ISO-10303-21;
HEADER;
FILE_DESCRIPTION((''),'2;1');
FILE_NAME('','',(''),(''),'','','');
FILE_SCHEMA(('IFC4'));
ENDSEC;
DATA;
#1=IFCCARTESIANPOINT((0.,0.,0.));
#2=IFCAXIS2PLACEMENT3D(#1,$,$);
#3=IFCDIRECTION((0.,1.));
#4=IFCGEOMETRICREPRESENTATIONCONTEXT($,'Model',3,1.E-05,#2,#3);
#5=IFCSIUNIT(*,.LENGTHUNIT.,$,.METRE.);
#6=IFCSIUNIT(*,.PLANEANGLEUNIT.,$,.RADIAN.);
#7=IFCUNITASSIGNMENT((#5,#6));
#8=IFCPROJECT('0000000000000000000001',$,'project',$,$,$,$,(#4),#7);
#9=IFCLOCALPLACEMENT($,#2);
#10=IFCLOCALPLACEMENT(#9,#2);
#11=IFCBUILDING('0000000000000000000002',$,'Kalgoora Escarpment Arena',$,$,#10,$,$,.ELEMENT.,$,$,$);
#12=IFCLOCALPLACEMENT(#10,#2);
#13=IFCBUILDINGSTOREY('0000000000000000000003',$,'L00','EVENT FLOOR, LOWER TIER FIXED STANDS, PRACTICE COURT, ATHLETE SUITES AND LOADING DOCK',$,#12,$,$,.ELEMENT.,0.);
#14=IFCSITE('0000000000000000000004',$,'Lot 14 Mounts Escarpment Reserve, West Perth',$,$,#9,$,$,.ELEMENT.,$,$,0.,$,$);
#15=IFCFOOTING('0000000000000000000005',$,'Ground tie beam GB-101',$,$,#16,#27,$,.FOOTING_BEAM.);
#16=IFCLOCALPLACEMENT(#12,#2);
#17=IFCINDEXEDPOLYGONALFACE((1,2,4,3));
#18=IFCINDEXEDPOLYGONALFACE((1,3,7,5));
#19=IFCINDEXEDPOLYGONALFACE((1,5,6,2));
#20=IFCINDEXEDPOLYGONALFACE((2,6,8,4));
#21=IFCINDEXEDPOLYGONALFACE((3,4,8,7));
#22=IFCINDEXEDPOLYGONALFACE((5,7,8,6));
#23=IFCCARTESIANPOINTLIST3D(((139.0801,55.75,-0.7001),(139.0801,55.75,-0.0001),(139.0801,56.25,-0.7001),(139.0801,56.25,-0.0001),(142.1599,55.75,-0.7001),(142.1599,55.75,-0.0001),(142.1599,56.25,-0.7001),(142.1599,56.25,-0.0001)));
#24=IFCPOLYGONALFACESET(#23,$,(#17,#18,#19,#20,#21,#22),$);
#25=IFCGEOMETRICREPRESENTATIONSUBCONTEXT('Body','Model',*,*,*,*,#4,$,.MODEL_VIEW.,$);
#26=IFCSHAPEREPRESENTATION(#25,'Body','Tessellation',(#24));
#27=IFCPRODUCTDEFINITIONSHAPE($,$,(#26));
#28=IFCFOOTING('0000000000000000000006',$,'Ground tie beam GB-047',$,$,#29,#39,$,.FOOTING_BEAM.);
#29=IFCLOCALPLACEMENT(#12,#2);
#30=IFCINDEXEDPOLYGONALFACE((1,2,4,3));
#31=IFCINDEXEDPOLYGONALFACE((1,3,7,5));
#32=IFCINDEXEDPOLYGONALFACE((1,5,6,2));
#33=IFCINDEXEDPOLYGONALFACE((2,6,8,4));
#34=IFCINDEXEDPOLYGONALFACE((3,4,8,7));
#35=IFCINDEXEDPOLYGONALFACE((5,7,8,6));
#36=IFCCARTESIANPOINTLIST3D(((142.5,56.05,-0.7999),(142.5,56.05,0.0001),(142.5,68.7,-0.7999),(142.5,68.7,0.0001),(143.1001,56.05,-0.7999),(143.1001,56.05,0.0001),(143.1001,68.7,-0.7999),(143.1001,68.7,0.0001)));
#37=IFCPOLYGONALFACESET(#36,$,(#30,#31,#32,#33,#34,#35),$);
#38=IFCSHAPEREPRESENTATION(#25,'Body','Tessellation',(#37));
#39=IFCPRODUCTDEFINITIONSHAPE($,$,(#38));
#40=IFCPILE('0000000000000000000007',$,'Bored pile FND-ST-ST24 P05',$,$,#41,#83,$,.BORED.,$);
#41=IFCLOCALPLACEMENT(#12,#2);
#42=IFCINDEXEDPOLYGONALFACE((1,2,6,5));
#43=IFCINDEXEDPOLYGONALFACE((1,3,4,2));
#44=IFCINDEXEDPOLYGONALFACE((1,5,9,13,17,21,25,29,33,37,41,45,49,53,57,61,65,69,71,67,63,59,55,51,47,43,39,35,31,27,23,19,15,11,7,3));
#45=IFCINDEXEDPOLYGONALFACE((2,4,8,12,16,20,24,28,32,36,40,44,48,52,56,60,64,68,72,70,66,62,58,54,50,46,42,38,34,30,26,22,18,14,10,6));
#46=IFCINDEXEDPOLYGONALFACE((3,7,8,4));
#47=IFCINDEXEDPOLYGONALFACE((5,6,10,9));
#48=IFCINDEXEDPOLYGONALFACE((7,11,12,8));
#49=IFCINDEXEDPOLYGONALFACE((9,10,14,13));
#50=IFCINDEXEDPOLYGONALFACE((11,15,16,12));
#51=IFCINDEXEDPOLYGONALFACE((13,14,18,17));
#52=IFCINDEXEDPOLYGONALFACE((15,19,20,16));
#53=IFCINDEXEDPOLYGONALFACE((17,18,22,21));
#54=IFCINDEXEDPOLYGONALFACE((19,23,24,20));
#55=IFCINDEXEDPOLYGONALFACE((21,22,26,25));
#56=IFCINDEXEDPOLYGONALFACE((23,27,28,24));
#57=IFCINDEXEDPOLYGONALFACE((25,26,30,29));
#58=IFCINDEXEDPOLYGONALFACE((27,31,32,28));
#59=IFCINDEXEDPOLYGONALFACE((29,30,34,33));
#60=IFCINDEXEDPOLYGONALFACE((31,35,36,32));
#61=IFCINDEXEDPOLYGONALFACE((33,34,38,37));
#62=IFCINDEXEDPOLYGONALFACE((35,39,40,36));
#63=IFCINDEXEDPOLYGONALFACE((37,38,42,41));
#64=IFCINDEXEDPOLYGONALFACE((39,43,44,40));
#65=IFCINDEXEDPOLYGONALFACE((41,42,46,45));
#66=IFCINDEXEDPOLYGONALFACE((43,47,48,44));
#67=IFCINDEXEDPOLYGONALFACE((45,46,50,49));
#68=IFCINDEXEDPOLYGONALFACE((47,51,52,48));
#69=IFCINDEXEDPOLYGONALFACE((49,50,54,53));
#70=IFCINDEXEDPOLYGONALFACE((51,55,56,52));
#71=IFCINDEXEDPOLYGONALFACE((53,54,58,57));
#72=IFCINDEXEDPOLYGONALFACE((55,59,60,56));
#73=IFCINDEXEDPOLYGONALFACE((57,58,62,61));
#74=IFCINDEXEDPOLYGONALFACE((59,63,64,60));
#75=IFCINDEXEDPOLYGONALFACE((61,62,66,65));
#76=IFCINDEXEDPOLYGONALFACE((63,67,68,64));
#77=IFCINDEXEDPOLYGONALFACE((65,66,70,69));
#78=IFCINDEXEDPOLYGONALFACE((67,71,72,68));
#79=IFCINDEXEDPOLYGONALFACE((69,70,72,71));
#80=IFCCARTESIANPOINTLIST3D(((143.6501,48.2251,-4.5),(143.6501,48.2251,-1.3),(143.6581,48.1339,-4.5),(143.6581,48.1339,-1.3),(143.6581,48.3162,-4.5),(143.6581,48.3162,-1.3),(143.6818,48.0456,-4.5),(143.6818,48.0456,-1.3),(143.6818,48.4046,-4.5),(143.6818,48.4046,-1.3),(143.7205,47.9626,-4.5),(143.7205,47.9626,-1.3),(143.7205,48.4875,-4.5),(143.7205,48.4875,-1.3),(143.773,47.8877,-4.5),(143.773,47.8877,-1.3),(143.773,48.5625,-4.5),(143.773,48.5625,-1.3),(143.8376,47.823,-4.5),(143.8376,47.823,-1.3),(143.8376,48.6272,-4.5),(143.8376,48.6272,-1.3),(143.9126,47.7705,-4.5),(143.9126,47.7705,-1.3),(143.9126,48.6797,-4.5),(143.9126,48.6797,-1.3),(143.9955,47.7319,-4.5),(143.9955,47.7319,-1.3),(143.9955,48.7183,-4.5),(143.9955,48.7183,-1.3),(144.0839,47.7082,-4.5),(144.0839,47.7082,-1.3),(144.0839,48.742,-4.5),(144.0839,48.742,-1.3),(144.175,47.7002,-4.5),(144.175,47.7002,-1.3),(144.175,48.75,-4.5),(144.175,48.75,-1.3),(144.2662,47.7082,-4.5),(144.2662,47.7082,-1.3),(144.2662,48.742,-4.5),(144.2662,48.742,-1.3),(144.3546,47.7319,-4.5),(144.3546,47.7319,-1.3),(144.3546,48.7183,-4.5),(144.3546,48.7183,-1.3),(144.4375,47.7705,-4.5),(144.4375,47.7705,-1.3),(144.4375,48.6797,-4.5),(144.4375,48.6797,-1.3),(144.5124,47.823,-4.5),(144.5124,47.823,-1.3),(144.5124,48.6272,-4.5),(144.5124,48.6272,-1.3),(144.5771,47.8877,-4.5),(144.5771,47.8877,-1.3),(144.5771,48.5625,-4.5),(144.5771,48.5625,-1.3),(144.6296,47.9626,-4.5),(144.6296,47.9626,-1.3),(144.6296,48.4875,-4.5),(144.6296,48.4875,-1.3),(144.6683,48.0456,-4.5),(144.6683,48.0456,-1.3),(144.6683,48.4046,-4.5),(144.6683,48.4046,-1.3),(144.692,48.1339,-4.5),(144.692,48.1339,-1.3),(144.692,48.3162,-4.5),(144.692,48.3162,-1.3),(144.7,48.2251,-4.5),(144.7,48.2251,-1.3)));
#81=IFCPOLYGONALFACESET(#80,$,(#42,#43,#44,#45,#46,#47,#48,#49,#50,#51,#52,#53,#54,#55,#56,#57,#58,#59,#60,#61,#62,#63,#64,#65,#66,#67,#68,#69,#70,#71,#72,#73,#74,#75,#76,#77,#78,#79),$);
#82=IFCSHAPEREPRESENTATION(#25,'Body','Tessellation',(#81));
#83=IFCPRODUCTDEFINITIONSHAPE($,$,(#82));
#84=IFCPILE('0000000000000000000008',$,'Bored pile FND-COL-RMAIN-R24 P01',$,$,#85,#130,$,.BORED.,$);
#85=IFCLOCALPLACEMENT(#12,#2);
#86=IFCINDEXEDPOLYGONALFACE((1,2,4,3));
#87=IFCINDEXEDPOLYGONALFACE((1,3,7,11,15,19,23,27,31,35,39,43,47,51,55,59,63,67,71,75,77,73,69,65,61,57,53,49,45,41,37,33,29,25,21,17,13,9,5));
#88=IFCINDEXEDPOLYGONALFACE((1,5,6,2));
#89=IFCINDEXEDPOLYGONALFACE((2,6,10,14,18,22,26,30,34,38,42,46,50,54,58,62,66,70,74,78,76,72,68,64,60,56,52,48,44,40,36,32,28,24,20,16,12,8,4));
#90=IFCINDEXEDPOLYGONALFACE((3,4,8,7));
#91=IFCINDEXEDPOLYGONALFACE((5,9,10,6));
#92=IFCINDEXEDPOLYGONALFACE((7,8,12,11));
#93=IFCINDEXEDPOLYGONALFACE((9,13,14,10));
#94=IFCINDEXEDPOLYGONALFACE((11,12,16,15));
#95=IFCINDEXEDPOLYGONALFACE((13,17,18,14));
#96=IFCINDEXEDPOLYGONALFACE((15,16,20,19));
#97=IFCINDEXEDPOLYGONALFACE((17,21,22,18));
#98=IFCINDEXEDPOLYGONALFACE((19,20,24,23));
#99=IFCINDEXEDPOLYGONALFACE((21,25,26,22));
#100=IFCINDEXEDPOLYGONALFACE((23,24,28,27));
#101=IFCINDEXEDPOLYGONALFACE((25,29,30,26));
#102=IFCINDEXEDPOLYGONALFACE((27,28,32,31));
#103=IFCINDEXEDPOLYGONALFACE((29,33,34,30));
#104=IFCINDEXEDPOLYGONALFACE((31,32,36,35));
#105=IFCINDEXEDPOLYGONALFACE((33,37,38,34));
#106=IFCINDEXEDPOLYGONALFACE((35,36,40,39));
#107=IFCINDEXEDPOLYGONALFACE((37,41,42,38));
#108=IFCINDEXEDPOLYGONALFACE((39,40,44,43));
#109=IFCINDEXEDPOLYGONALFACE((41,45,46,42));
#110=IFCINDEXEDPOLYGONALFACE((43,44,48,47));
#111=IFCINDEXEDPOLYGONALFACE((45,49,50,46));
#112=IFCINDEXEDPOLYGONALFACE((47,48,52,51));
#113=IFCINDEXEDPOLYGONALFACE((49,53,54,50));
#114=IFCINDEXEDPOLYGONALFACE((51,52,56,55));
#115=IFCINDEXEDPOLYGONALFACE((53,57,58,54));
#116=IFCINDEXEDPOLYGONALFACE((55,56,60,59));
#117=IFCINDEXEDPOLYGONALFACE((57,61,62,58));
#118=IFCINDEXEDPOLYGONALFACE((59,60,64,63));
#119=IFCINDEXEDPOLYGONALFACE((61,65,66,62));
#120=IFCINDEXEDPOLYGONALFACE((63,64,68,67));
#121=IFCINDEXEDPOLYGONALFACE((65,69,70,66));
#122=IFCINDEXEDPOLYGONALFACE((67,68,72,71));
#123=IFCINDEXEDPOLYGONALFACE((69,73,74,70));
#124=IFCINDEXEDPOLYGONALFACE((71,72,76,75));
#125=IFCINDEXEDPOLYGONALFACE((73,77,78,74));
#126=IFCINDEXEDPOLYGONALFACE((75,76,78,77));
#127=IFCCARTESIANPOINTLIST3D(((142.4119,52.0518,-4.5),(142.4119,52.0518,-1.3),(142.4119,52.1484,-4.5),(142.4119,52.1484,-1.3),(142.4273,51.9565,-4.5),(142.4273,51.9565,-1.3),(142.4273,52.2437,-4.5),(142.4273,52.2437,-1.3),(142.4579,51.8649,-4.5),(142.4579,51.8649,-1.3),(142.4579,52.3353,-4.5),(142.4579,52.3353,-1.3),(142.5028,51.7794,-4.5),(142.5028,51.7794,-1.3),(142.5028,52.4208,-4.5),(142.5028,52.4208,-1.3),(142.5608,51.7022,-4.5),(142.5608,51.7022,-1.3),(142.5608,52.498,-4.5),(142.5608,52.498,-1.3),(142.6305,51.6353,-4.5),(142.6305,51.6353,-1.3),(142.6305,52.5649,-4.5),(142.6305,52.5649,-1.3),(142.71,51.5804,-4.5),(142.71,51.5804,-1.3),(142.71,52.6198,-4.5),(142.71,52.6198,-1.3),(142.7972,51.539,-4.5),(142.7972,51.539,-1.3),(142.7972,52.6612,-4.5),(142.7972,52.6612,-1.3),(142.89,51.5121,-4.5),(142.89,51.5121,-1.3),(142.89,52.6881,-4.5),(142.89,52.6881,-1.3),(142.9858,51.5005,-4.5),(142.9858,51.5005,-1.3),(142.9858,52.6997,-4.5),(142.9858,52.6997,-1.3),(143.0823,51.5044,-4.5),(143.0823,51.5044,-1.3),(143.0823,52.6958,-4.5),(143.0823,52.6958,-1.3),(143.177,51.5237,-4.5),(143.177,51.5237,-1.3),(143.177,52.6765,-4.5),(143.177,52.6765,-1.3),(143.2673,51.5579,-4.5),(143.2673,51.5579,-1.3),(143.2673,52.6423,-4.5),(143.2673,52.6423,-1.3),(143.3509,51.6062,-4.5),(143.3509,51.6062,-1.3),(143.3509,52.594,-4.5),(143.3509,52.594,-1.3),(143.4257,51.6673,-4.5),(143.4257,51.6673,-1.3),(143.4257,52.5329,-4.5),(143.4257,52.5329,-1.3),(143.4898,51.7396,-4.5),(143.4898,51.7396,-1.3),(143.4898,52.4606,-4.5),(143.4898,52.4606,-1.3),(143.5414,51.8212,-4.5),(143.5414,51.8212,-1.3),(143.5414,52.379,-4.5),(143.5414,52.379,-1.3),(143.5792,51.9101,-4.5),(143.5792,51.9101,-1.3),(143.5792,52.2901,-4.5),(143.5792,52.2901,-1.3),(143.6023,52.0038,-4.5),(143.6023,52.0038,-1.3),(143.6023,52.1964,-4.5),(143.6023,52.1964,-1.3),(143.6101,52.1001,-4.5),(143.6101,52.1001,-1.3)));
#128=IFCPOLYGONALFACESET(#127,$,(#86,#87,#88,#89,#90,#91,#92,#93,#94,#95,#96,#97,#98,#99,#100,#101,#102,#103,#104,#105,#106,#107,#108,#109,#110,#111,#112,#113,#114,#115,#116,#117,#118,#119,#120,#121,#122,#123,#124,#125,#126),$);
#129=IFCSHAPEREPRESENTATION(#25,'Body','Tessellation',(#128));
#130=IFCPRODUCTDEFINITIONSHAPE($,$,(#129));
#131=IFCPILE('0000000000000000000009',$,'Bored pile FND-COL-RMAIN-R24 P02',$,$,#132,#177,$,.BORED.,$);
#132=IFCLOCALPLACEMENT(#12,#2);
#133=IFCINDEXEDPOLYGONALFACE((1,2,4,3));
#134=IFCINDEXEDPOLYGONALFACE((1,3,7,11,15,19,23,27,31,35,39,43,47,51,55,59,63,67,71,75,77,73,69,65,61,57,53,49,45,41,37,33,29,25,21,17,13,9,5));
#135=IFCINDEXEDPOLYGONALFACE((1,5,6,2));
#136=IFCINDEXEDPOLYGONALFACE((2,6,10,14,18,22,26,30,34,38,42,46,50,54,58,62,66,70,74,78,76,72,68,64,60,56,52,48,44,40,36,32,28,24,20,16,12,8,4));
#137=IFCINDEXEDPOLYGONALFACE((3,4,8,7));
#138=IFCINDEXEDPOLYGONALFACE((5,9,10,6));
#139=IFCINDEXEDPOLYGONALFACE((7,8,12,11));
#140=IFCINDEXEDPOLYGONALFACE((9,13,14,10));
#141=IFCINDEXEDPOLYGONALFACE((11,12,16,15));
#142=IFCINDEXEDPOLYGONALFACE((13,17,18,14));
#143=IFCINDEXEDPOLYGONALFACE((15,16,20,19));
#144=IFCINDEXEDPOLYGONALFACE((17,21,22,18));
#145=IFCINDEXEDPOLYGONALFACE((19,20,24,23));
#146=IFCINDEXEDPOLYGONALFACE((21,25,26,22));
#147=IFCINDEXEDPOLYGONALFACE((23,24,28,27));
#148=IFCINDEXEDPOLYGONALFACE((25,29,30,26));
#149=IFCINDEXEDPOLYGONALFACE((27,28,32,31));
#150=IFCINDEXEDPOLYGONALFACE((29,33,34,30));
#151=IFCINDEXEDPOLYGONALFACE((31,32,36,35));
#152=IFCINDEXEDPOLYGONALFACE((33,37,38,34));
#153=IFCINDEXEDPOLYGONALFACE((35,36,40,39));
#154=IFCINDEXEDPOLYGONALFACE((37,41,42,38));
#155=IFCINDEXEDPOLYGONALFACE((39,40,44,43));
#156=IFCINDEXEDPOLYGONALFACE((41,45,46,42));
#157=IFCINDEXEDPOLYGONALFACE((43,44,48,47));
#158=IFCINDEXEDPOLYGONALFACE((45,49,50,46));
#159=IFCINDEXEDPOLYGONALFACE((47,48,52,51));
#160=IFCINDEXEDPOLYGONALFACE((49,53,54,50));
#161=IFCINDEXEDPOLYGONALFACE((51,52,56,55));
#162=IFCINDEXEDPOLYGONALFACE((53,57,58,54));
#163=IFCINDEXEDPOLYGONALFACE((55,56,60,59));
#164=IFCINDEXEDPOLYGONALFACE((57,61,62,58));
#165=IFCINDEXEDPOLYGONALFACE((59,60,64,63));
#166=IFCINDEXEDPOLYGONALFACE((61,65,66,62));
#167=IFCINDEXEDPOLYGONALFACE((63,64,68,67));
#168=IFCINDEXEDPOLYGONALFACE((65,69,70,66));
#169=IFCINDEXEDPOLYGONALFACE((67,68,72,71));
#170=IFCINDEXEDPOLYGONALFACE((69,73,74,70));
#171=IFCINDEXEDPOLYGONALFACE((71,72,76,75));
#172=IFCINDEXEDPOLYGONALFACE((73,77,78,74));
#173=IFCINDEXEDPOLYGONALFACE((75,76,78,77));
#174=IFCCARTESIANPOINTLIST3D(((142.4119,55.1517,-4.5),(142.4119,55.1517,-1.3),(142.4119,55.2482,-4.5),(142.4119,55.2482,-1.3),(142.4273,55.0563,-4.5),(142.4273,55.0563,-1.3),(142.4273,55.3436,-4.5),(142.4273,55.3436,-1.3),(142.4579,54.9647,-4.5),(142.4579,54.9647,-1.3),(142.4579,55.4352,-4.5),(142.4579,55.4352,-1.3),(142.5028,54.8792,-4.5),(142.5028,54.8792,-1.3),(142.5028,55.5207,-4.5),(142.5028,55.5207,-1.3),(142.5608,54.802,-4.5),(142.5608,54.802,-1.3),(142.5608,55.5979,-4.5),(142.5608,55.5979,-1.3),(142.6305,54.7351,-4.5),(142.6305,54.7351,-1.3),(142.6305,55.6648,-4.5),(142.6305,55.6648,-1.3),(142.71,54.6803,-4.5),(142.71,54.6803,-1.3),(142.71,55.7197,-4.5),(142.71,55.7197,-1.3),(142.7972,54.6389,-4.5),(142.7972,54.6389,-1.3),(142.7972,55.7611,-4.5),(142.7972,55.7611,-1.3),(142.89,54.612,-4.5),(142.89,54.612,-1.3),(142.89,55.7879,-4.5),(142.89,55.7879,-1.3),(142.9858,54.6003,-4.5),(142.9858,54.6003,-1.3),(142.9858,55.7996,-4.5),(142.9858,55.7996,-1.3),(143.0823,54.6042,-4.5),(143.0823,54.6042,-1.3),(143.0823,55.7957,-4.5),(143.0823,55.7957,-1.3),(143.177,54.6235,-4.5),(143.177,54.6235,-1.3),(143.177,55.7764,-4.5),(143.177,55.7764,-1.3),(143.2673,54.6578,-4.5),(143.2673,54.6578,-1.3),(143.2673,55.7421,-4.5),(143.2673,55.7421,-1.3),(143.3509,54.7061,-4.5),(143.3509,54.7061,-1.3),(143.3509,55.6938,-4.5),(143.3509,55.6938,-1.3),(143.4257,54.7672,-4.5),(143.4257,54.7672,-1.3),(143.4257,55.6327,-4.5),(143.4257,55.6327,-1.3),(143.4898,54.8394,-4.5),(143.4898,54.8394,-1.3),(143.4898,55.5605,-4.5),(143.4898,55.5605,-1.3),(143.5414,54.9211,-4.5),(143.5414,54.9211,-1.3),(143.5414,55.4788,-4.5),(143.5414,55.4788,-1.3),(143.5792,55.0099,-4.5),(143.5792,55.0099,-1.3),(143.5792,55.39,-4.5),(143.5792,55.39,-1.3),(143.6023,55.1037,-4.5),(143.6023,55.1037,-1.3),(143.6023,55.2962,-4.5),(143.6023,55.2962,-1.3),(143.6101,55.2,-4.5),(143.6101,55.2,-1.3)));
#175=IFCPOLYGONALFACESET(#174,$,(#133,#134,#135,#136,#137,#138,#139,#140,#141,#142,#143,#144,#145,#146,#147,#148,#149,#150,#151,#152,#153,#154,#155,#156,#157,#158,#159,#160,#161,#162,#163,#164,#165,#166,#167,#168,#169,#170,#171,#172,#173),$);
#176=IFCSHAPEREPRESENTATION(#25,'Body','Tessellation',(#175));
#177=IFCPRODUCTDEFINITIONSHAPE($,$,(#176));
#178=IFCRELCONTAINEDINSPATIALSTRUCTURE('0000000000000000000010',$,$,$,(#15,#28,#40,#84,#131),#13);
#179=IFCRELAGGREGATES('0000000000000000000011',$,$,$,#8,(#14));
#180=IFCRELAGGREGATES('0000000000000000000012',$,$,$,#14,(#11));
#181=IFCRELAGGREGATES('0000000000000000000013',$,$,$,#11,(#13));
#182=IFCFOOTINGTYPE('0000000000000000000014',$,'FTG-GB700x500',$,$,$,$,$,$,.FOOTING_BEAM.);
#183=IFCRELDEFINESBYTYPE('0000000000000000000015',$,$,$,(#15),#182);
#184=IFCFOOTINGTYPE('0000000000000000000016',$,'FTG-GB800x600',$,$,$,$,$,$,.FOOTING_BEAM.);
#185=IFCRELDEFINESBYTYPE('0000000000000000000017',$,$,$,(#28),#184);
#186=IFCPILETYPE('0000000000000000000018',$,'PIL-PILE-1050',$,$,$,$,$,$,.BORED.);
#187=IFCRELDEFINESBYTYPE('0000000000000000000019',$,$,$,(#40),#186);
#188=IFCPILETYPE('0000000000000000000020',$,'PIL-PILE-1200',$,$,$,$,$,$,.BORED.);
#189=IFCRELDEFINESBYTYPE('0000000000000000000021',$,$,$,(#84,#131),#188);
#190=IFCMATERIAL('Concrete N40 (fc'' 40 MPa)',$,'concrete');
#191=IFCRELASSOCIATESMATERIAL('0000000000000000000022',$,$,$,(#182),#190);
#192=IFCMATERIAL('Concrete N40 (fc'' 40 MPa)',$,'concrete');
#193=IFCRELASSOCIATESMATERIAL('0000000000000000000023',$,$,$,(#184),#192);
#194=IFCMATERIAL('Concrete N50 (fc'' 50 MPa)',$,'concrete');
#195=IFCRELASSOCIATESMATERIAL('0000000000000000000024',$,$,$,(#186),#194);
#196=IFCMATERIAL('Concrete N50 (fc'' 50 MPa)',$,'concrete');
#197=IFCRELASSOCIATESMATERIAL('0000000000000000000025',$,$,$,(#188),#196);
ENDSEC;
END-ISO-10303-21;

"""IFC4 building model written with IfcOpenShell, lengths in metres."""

from ifc_helpers import new_model, si_unit, direction, frame, origin, origin_2d, place, context, subcontext, project, spatial, rectangle, circle, extrude, material, material_profile, profile_set, type_object, element, save


model = new_model("IFC4")

# Units and contexts
model_context = context("Model", 3, precision=1e-05, world=origin(), true_north=direction((0.0, 1.0)))
body_context = subcontext(model_context, "Body", "Model", "MODEL_VIEW")
ifc_project = project(units=[si_unit("LENGTHUNIT", "METRE"), si_unit("PLANEANGLEUNIT", "RADIAN")], contexts=[model_context])

# Site, building, storey
site_placement = place(None, origin())
site = spatial("IfcSite", under=ifc_project, at=site_placement, Name="Lot 14 Mounts Escarpment Reserve, West Perth", CompositionType="ELEMENT", RefElevation=0.0)
building_placement = place(site_placement, origin())
building = spatial("IfcBuilding", under=site, at=building_placement, Name="Kalgoora Escarpment Arena", CompositionType="ELEMENT")
storey_placement = place(building_placement, origin())
storey = spatial("IfcBuildingStorey", under=building, at=storey_placement, Name="L00", Description="EVENT FLOOR, LOWER TIER FIXED STANDS, PRACTICE COURT, ATHLETE SUITES AND LOADING DOCK", CompositionType="ELEMENT", Elevation=0.0)

# Footings
ifc_material_1 = material(Name="Concrete N40 (fc' 40 MPa)", Category="concrete")
ifc_material_profile_1 = material_profile(ifc_material_1, rectangle(XDim=0.5, YDim=0.7, at=origin_2d()))
ifc_profile_set_1 = profile_set([ifc_material_profile_1], Name="Concrete N40 (fc' 40 MPa)")
footing_type_1 = type_object("IfcFootingType", Name="FTG-GB700x500", PredefinedType="FOOTING_BEAM", material=ifc_profile_set_1)
footing_1_placement = place(storey_placement, frame((139.0801, 56.0, -0.3501), z_axis=(1.0, 0.0, 0.0), x_axis=(0.0, 1.0, 0.0)))
element("IfcFooting", 1, at=footing_1_placement, inside=storey, type_object=footing_type_1, Name="Ground tie beam GB-101", PredefinedType="FOOTING_BEAM", context=body_context, shape_type="SweptSolid", body=[
    extrude(rectangle(XDim=0.5, YDim=0.7, at=origin_2d()), origin(), (0.0, 0.0, 1.0), 3.0798),
])
ifc_material_2 = material(Name="Concrete N40 (fc' 40 MPa)", Category="concrete")
ifc_material_profile_2 = material_profile(ifc_material_2, rectangle(XDim=0.6001, YDim=0.8, at=origin_2d()))
ifc_profile_set_2 = profile_set([ifc_material_profile_2], Name="Concrete N40 (fc' 40 MPa)")
footing_type_2 = type_object("IfcFootingType", Name="FTG-GB800x600", PredefinedType="FOOTING_BEAM", material=ifc_profile_set_2)
footing_2_placement = place(storey_placement, frame((142.8, 56.05, -0.3999), z_axis=(0.0, 1.0, 0.0), x_axis=(-1.0, 0.0, 0.0)))
element("IfcFooting", 2, at=footing_2_placement, inside=storey, type_object=footing_type_2, Name="Ground tie beam GB-047", PredefinedType="FOOTING_BEAM", context=body_context, shape_type="SweptSolid", body=[
    extrude(rectangle(XDim=0.6001, YDim=0.8, at=origin_2d()), origin(), (0.0, 0.0, 1.0), 12.6499),
])

# Piles
ifc_material_3 = material(Name="Concrete N50 (fc' 50 MPa)", Category="concrete")
ifc_material_profile_3 = material_profile(ifc_material_3, circle(Radius=0.5249, at=origin_2d()))
ifc_profile_set_3 = profile_set([ifc_material_profile_3], Name="Concrete N50 (fc' 50 MPa)")
pile_type_1 = type_object("IfcPileType", Name="PIL-PILE-1050", PredefinedType="BORED", material=ifc_profile_set_3)
pile_placement = place(storey_placement, frame((144.175, 48.2251, -1.3), z_axis=(0.0, 0.0, -1.0), x_axis=(1.0, 0.0, 0.0)))
element("IfcPile", 3, at=pile_placement, inside=storey, type_object=pile_type_1, Name="Bored pile FND-ST-ST24 P05", PredefinedType="BORED", context=body_context, shape_type="SweptSolid", body=[
    extrude(circle(Radius=0.5249, at=origin_2d()), origin(), (0.0, 0.0, 1.0), 3.2),
])
ifc_material_4 = material(Name="Concrete N50 (fc' 50 MPa)", Category="concrete")
ifc_material_profile_4 = material_profile(ifc_material_4, circle(Radius=0.6001, at=origin_2d()))
ifc_profile_set_4 = profile_set([ifc_material_profile_4], Name="Concrete N50 (fc' 50 MPa)")
pile_type_2 = type_object("IfcPileType", Name="PIL-PILE-1200", PredefinedType="BORED", material=ifc_profile_set_4)
for number, where, z_axis, x_axis, name in (
    (4, (143.01, 52.1001, -1.3), (0.0, 0.0, -1.0), (1.0, 0.0, 0.0), "Bored pile FND-COL-RMAIN-R24 P01"),
    (5, (143.01, 55.2, -1.3), (0.0, 0.0, -1.0), (1.0, 0.0, 0.0), "Bored pile FND-COL-RMAIN-R24 P02"),
):
    element("IfcPile", number, at=place(storey_placement, frame(where, z_axis=z_axis, x_axis=x_axis)), inside=storey, type_object=pile_type_2, Name=name, PredefinedType="BORED", context=body_context, shape_type="SweptSolid", body=[
        extrude(circle(Radius=0.6001, at=origin_2d()), origin(), (0.0, 0.0, 1.0), 3.2),
    ])

save(model, "model.ifc")
